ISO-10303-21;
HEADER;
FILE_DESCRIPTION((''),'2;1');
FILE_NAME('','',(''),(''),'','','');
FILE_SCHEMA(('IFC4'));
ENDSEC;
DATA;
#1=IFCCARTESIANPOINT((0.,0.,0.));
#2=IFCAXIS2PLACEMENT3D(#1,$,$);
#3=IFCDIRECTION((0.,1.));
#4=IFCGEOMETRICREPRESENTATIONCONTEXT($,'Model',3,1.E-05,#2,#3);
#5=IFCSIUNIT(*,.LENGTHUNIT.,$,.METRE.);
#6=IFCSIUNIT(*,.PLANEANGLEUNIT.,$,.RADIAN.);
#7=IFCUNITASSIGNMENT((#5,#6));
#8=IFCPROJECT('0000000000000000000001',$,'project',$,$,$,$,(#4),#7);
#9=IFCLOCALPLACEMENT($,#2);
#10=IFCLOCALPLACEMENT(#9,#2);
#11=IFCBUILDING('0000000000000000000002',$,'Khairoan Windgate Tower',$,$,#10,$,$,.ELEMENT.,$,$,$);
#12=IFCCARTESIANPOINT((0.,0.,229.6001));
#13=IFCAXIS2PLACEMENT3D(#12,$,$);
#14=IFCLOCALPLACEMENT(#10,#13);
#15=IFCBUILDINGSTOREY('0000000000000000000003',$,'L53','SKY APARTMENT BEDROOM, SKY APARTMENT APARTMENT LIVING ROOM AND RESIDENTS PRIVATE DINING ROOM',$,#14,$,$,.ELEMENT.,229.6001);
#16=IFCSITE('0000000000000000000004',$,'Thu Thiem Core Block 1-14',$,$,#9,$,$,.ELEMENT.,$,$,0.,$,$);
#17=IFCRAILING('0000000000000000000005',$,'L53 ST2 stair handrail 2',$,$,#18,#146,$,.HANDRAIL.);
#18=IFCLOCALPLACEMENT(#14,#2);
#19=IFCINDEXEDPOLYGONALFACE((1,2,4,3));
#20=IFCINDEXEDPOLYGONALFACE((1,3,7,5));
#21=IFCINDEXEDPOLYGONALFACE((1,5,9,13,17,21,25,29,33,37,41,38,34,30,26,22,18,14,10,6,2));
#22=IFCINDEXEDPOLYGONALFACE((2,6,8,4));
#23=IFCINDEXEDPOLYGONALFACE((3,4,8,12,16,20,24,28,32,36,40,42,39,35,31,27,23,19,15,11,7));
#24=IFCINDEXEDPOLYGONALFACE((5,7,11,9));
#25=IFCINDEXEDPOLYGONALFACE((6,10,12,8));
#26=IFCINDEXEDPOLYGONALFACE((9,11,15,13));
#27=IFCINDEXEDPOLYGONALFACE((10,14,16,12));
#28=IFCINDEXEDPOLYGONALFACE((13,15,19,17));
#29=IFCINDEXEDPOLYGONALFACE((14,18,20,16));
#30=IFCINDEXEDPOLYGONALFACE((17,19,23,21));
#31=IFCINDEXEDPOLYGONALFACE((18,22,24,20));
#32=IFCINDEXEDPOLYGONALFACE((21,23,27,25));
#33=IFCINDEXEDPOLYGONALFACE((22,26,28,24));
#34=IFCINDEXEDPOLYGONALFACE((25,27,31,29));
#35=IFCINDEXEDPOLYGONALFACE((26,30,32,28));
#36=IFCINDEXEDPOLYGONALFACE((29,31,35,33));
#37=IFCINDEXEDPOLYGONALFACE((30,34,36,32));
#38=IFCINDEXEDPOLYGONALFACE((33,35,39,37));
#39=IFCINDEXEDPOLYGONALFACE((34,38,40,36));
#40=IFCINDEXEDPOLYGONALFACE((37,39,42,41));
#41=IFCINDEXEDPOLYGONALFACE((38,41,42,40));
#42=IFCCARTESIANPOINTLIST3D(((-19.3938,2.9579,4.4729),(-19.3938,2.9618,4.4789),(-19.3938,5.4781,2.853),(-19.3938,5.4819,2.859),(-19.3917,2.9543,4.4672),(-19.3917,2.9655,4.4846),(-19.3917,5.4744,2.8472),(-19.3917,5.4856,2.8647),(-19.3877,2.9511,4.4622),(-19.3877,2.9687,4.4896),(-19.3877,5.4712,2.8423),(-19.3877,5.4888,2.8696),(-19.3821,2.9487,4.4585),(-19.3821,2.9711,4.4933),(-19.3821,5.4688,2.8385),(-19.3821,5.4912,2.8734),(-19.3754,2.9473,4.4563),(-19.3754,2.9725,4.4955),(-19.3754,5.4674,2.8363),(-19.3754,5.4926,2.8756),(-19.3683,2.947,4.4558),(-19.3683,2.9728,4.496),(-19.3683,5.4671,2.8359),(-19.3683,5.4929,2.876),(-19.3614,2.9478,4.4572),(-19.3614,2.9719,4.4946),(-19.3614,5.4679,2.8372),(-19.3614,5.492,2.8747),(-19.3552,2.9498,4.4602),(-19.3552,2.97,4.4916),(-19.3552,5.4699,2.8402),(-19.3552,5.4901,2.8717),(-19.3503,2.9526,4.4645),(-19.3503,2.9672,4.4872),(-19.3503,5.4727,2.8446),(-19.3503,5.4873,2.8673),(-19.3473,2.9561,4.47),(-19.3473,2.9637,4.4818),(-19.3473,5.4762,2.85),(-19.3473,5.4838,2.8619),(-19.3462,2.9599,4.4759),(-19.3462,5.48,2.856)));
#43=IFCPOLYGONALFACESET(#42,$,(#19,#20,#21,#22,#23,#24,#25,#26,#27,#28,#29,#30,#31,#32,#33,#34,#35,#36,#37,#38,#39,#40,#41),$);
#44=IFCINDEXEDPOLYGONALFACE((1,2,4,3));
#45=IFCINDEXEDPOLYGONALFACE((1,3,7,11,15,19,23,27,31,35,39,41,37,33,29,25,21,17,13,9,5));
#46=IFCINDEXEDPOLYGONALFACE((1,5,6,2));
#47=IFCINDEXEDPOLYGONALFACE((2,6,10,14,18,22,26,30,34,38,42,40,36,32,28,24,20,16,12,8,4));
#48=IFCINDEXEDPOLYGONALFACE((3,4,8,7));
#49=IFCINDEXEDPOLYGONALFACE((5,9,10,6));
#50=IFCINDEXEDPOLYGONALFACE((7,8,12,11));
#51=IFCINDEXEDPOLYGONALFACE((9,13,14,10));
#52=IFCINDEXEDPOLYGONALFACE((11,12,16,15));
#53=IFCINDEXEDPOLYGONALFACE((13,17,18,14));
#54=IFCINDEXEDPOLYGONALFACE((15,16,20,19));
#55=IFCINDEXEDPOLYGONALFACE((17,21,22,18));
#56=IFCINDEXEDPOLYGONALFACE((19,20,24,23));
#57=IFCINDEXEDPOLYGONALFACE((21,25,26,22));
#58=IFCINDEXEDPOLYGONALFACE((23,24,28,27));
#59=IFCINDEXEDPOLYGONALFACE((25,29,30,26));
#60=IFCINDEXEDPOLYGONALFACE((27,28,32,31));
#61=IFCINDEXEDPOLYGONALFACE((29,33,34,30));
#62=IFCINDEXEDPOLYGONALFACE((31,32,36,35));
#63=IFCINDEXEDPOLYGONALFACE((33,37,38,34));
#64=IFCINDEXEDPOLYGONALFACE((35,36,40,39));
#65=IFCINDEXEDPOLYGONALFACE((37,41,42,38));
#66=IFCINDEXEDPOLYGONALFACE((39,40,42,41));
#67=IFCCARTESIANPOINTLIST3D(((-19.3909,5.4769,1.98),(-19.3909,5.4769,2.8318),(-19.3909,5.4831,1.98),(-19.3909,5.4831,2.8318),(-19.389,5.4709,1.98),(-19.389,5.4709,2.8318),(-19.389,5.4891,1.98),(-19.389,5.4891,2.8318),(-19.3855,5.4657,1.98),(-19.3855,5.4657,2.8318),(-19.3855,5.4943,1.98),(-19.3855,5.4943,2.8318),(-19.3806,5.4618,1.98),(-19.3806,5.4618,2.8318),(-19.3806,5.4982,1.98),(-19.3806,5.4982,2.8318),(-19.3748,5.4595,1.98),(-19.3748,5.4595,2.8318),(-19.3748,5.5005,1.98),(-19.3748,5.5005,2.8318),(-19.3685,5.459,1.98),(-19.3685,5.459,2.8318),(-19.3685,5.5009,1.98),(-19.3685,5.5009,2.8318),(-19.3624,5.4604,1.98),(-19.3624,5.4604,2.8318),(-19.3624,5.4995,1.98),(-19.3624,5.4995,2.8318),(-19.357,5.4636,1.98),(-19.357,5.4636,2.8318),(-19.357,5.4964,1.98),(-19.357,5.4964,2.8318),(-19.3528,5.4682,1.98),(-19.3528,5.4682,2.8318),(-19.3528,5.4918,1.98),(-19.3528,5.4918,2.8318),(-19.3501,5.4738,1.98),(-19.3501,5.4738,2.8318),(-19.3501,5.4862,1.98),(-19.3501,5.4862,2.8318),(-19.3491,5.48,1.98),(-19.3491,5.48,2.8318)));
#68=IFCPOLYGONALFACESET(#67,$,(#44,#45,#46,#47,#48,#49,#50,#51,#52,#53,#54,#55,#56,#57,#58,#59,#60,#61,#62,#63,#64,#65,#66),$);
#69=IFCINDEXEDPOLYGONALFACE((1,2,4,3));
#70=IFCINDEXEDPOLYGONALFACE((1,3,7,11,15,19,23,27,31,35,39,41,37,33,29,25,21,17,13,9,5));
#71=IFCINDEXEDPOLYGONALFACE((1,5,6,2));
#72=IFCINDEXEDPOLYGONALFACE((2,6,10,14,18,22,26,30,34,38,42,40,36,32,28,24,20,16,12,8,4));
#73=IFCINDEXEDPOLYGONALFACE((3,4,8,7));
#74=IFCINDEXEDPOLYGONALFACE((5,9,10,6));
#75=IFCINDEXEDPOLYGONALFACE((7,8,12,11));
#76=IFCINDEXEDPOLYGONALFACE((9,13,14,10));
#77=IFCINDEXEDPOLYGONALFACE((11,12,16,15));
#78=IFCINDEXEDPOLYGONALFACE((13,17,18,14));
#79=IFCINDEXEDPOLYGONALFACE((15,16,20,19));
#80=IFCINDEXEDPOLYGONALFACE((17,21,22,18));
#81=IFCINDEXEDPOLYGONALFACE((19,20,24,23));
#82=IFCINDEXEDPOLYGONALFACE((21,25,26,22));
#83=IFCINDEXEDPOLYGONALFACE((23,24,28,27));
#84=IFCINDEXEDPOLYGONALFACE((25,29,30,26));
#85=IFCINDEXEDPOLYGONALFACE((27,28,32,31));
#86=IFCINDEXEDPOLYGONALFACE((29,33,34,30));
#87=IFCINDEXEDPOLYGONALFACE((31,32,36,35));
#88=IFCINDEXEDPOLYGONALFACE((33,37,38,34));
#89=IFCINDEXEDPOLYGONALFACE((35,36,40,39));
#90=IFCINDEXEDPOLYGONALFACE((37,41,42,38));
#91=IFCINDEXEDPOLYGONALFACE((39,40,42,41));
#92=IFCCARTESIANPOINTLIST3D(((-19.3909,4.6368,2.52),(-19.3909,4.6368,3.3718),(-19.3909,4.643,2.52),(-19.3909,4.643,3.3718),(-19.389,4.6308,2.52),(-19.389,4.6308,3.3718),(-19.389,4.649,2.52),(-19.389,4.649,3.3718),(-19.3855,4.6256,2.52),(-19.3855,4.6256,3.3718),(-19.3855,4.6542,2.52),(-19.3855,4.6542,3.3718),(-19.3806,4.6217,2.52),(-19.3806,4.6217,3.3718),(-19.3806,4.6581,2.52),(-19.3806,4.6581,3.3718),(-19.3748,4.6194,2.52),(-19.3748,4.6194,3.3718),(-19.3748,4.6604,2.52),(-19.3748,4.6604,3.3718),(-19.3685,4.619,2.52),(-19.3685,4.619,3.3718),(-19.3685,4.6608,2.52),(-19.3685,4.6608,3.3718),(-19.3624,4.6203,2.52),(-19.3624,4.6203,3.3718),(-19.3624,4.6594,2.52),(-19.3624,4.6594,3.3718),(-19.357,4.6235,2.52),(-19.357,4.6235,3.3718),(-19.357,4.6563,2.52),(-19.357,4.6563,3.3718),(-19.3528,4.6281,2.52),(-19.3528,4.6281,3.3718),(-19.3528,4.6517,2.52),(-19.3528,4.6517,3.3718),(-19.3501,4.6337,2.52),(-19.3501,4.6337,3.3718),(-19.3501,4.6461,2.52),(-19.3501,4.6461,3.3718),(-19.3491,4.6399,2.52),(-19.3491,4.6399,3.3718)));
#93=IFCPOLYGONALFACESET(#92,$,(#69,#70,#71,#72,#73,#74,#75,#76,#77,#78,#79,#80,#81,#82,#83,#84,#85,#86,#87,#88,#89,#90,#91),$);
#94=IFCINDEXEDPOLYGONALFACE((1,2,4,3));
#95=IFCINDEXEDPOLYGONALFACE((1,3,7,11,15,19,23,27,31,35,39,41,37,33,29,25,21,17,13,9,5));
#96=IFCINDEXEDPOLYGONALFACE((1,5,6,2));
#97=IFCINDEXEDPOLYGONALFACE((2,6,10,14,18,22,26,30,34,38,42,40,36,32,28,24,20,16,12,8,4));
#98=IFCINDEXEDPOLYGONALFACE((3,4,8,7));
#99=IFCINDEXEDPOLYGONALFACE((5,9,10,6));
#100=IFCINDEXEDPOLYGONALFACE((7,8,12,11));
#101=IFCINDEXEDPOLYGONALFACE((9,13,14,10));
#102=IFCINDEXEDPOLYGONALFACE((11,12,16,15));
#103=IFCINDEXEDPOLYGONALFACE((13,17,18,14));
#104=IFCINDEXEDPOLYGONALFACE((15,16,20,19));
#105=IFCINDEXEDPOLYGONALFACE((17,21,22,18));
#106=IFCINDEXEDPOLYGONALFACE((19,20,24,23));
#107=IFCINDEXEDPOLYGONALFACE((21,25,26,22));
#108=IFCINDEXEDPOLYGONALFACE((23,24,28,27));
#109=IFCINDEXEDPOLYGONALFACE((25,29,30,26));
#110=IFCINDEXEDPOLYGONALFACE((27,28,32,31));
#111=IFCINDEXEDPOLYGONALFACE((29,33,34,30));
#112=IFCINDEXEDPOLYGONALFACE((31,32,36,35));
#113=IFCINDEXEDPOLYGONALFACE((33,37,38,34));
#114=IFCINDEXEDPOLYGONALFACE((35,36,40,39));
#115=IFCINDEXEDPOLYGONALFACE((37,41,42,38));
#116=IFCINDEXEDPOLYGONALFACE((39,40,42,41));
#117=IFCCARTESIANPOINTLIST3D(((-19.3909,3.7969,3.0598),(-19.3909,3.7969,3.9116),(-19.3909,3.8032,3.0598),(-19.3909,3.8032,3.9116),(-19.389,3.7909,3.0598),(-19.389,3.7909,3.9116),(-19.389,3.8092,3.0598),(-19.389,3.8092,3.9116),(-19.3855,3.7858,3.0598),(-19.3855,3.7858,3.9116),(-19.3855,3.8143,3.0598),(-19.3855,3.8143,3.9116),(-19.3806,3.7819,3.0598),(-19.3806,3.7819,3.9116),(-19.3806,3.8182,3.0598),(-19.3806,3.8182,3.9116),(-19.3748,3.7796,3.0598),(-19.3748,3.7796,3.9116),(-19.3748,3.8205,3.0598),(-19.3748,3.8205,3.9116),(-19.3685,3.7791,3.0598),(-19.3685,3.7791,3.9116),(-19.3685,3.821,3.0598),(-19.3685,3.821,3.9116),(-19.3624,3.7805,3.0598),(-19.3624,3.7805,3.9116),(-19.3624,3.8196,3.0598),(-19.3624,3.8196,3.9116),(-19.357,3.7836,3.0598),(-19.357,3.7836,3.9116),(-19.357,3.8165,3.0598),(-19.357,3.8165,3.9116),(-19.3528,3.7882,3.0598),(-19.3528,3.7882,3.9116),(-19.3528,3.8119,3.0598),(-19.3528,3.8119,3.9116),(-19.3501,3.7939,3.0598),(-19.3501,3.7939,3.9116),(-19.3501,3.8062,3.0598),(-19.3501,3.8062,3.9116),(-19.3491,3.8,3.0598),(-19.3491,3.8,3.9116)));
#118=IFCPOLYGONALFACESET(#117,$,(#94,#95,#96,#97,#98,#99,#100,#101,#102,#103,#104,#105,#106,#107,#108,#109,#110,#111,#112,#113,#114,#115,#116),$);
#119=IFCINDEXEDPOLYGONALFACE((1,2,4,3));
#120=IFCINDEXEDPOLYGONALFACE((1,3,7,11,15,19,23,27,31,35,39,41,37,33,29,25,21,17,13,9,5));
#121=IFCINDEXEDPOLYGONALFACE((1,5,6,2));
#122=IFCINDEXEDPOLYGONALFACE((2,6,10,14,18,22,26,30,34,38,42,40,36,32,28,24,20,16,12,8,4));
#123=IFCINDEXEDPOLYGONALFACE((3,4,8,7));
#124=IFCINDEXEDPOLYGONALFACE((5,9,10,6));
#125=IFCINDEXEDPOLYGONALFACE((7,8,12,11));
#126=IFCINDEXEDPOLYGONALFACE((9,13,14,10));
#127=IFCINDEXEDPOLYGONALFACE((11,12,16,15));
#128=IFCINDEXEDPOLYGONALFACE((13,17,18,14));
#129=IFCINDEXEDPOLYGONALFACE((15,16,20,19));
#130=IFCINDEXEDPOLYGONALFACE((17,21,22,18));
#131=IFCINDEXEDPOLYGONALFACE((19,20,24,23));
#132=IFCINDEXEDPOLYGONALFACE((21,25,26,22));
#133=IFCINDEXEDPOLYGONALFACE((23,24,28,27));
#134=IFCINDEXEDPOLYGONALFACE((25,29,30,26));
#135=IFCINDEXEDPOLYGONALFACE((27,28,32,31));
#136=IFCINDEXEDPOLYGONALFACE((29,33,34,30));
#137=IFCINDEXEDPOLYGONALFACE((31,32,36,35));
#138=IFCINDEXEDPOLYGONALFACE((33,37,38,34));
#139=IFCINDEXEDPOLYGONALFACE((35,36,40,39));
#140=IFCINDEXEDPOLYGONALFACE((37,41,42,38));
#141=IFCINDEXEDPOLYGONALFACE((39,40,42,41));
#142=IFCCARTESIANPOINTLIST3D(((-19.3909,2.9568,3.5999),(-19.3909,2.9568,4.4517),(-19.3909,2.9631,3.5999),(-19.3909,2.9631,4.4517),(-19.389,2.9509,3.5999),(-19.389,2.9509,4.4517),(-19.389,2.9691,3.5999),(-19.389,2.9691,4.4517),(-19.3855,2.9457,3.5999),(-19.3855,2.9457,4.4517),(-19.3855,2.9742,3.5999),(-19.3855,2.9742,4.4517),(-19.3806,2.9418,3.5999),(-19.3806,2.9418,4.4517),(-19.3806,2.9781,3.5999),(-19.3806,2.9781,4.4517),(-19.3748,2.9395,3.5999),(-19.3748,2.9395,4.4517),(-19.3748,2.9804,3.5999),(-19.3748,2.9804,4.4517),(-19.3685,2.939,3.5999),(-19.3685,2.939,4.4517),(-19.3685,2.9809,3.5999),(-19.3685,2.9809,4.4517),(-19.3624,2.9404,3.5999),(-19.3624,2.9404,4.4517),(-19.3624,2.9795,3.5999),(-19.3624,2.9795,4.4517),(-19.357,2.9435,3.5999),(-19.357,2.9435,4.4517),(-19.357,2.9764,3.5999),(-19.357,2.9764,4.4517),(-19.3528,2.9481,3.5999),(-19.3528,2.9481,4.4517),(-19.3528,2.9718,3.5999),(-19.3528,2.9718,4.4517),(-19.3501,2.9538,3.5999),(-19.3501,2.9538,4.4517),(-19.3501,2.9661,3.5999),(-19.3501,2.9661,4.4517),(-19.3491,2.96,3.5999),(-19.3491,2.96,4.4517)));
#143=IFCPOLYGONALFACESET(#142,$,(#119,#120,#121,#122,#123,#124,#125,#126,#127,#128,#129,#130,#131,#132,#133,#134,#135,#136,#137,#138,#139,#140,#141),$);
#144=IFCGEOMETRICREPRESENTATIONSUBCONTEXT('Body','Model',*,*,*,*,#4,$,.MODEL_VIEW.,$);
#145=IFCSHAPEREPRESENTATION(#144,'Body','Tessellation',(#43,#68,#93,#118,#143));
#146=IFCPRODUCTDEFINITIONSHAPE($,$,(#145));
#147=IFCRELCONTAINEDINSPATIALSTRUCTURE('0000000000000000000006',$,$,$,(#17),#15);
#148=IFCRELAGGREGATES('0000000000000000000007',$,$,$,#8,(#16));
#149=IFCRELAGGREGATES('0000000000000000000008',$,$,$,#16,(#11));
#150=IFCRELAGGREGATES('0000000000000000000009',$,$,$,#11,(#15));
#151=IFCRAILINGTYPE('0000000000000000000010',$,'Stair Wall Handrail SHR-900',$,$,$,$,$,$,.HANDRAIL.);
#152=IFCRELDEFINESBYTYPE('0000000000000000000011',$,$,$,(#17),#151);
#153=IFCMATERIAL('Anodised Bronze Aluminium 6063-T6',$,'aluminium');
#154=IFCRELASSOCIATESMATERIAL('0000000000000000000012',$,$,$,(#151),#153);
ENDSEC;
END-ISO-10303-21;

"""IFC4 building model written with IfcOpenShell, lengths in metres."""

from ifc_helpers import new_model, si_unit, direction, frame, origin, origin_2d, place, context, subcontext, project, spatial, circle, extrude, material, type_object, element, save


model = new_model("IFC4")

# Units and contexts
model_context = context("Model", 3, precision=1e-05, world=origin(), true_north=direction((0.0, 1.0)))
body_context = subcontext(model_context, "Body", "Model", "MODEL_VIEW")
ifc_project = project(units=[si_unit("LENGTHUNIT", "METRE"), si_unit("PLANEANGLEUNIT", "RADIAN")], contexts=[model_context])

# Site, building, storey
site_placement = place(None, origin())
site = spatial("IfcSite", under=ifc_project, at=site_placement, Name="Thu Thiem Core Block 1-14", CompositionType="ELEMENT", RefElevation=0.0)
building_placement = place(site_placement, origin())
building = spatial("IfcBuilding", under=site, at=building_placement, Name="Khairoan Windgate Tower", CompositionType="ELEMENT")
storey_placement = place(building_placement, frame((0.0, 0.0, 229.6001)))
storey = spatial("IfcBuildingStorey", under=building, at=storey_placement, Name="L53", Description="SKY APARTMENT BEDROOM, SKY APARTMENT APARTMENT LIVING ROOM AND RESIDENTS PRIVATE DINING ROOM", CompositionType="ELEMENT", Elevation=229.6001)

# Railing
ifc_material_1 = material(Name="Anodised Bronze Aluminium 6063-T6", Category="aluminium")
railing_type_1 = type_object("IfcRailingType", Name="Stair Wall Handrail SHR-900", PredefinedType="HANDRAIL", material=ifc_material_1)
railing_1_placement = place(storey_placement, frame((-19.3701, 5.48, 1.98)))
element("IfcRailing", 1, at=railing_1_placement, inside=storey, type_object=railing_type_1, Name="L53 ST2 stair handrail 2", PredefinedType="HANDRAIL", context=body_context, shape_type="SweptSolid", body=[
    extrude(circle(Radius=0.0239, at=origin_2d()), frame((0.0, 0.0, 0.876), z_axis=(0.0, -0.8412, 0.540725), x_axis=(1.0, 0.0, 0.0)), (0.0, 0.0, 1.0), 2.9958),
    extrude(circle(Radius=0.021, at=origin_2d()), origin(), (0.0, 0.0, 1.0), 0.8518),
    extrude(circle(Radius=0.021, at=origin_2d()), frame((0.0, -0.8401, 0.54)), (0.0, 0.0, 1.0), 0.8518),
    extrude(circle(Radius=0.021, at=origin_2d()), frame((0.0, -1.6799, 1.0798)), (0.0, 0.0, 1.0), 0.8518),
    extrude(circle(Radius=0.021, at=origin_2d()), frame((0.0, -2.52, 1.6199)), (0.0, 0.0, 1.0), 0.8518),
])

save(model, "model.ifc")
